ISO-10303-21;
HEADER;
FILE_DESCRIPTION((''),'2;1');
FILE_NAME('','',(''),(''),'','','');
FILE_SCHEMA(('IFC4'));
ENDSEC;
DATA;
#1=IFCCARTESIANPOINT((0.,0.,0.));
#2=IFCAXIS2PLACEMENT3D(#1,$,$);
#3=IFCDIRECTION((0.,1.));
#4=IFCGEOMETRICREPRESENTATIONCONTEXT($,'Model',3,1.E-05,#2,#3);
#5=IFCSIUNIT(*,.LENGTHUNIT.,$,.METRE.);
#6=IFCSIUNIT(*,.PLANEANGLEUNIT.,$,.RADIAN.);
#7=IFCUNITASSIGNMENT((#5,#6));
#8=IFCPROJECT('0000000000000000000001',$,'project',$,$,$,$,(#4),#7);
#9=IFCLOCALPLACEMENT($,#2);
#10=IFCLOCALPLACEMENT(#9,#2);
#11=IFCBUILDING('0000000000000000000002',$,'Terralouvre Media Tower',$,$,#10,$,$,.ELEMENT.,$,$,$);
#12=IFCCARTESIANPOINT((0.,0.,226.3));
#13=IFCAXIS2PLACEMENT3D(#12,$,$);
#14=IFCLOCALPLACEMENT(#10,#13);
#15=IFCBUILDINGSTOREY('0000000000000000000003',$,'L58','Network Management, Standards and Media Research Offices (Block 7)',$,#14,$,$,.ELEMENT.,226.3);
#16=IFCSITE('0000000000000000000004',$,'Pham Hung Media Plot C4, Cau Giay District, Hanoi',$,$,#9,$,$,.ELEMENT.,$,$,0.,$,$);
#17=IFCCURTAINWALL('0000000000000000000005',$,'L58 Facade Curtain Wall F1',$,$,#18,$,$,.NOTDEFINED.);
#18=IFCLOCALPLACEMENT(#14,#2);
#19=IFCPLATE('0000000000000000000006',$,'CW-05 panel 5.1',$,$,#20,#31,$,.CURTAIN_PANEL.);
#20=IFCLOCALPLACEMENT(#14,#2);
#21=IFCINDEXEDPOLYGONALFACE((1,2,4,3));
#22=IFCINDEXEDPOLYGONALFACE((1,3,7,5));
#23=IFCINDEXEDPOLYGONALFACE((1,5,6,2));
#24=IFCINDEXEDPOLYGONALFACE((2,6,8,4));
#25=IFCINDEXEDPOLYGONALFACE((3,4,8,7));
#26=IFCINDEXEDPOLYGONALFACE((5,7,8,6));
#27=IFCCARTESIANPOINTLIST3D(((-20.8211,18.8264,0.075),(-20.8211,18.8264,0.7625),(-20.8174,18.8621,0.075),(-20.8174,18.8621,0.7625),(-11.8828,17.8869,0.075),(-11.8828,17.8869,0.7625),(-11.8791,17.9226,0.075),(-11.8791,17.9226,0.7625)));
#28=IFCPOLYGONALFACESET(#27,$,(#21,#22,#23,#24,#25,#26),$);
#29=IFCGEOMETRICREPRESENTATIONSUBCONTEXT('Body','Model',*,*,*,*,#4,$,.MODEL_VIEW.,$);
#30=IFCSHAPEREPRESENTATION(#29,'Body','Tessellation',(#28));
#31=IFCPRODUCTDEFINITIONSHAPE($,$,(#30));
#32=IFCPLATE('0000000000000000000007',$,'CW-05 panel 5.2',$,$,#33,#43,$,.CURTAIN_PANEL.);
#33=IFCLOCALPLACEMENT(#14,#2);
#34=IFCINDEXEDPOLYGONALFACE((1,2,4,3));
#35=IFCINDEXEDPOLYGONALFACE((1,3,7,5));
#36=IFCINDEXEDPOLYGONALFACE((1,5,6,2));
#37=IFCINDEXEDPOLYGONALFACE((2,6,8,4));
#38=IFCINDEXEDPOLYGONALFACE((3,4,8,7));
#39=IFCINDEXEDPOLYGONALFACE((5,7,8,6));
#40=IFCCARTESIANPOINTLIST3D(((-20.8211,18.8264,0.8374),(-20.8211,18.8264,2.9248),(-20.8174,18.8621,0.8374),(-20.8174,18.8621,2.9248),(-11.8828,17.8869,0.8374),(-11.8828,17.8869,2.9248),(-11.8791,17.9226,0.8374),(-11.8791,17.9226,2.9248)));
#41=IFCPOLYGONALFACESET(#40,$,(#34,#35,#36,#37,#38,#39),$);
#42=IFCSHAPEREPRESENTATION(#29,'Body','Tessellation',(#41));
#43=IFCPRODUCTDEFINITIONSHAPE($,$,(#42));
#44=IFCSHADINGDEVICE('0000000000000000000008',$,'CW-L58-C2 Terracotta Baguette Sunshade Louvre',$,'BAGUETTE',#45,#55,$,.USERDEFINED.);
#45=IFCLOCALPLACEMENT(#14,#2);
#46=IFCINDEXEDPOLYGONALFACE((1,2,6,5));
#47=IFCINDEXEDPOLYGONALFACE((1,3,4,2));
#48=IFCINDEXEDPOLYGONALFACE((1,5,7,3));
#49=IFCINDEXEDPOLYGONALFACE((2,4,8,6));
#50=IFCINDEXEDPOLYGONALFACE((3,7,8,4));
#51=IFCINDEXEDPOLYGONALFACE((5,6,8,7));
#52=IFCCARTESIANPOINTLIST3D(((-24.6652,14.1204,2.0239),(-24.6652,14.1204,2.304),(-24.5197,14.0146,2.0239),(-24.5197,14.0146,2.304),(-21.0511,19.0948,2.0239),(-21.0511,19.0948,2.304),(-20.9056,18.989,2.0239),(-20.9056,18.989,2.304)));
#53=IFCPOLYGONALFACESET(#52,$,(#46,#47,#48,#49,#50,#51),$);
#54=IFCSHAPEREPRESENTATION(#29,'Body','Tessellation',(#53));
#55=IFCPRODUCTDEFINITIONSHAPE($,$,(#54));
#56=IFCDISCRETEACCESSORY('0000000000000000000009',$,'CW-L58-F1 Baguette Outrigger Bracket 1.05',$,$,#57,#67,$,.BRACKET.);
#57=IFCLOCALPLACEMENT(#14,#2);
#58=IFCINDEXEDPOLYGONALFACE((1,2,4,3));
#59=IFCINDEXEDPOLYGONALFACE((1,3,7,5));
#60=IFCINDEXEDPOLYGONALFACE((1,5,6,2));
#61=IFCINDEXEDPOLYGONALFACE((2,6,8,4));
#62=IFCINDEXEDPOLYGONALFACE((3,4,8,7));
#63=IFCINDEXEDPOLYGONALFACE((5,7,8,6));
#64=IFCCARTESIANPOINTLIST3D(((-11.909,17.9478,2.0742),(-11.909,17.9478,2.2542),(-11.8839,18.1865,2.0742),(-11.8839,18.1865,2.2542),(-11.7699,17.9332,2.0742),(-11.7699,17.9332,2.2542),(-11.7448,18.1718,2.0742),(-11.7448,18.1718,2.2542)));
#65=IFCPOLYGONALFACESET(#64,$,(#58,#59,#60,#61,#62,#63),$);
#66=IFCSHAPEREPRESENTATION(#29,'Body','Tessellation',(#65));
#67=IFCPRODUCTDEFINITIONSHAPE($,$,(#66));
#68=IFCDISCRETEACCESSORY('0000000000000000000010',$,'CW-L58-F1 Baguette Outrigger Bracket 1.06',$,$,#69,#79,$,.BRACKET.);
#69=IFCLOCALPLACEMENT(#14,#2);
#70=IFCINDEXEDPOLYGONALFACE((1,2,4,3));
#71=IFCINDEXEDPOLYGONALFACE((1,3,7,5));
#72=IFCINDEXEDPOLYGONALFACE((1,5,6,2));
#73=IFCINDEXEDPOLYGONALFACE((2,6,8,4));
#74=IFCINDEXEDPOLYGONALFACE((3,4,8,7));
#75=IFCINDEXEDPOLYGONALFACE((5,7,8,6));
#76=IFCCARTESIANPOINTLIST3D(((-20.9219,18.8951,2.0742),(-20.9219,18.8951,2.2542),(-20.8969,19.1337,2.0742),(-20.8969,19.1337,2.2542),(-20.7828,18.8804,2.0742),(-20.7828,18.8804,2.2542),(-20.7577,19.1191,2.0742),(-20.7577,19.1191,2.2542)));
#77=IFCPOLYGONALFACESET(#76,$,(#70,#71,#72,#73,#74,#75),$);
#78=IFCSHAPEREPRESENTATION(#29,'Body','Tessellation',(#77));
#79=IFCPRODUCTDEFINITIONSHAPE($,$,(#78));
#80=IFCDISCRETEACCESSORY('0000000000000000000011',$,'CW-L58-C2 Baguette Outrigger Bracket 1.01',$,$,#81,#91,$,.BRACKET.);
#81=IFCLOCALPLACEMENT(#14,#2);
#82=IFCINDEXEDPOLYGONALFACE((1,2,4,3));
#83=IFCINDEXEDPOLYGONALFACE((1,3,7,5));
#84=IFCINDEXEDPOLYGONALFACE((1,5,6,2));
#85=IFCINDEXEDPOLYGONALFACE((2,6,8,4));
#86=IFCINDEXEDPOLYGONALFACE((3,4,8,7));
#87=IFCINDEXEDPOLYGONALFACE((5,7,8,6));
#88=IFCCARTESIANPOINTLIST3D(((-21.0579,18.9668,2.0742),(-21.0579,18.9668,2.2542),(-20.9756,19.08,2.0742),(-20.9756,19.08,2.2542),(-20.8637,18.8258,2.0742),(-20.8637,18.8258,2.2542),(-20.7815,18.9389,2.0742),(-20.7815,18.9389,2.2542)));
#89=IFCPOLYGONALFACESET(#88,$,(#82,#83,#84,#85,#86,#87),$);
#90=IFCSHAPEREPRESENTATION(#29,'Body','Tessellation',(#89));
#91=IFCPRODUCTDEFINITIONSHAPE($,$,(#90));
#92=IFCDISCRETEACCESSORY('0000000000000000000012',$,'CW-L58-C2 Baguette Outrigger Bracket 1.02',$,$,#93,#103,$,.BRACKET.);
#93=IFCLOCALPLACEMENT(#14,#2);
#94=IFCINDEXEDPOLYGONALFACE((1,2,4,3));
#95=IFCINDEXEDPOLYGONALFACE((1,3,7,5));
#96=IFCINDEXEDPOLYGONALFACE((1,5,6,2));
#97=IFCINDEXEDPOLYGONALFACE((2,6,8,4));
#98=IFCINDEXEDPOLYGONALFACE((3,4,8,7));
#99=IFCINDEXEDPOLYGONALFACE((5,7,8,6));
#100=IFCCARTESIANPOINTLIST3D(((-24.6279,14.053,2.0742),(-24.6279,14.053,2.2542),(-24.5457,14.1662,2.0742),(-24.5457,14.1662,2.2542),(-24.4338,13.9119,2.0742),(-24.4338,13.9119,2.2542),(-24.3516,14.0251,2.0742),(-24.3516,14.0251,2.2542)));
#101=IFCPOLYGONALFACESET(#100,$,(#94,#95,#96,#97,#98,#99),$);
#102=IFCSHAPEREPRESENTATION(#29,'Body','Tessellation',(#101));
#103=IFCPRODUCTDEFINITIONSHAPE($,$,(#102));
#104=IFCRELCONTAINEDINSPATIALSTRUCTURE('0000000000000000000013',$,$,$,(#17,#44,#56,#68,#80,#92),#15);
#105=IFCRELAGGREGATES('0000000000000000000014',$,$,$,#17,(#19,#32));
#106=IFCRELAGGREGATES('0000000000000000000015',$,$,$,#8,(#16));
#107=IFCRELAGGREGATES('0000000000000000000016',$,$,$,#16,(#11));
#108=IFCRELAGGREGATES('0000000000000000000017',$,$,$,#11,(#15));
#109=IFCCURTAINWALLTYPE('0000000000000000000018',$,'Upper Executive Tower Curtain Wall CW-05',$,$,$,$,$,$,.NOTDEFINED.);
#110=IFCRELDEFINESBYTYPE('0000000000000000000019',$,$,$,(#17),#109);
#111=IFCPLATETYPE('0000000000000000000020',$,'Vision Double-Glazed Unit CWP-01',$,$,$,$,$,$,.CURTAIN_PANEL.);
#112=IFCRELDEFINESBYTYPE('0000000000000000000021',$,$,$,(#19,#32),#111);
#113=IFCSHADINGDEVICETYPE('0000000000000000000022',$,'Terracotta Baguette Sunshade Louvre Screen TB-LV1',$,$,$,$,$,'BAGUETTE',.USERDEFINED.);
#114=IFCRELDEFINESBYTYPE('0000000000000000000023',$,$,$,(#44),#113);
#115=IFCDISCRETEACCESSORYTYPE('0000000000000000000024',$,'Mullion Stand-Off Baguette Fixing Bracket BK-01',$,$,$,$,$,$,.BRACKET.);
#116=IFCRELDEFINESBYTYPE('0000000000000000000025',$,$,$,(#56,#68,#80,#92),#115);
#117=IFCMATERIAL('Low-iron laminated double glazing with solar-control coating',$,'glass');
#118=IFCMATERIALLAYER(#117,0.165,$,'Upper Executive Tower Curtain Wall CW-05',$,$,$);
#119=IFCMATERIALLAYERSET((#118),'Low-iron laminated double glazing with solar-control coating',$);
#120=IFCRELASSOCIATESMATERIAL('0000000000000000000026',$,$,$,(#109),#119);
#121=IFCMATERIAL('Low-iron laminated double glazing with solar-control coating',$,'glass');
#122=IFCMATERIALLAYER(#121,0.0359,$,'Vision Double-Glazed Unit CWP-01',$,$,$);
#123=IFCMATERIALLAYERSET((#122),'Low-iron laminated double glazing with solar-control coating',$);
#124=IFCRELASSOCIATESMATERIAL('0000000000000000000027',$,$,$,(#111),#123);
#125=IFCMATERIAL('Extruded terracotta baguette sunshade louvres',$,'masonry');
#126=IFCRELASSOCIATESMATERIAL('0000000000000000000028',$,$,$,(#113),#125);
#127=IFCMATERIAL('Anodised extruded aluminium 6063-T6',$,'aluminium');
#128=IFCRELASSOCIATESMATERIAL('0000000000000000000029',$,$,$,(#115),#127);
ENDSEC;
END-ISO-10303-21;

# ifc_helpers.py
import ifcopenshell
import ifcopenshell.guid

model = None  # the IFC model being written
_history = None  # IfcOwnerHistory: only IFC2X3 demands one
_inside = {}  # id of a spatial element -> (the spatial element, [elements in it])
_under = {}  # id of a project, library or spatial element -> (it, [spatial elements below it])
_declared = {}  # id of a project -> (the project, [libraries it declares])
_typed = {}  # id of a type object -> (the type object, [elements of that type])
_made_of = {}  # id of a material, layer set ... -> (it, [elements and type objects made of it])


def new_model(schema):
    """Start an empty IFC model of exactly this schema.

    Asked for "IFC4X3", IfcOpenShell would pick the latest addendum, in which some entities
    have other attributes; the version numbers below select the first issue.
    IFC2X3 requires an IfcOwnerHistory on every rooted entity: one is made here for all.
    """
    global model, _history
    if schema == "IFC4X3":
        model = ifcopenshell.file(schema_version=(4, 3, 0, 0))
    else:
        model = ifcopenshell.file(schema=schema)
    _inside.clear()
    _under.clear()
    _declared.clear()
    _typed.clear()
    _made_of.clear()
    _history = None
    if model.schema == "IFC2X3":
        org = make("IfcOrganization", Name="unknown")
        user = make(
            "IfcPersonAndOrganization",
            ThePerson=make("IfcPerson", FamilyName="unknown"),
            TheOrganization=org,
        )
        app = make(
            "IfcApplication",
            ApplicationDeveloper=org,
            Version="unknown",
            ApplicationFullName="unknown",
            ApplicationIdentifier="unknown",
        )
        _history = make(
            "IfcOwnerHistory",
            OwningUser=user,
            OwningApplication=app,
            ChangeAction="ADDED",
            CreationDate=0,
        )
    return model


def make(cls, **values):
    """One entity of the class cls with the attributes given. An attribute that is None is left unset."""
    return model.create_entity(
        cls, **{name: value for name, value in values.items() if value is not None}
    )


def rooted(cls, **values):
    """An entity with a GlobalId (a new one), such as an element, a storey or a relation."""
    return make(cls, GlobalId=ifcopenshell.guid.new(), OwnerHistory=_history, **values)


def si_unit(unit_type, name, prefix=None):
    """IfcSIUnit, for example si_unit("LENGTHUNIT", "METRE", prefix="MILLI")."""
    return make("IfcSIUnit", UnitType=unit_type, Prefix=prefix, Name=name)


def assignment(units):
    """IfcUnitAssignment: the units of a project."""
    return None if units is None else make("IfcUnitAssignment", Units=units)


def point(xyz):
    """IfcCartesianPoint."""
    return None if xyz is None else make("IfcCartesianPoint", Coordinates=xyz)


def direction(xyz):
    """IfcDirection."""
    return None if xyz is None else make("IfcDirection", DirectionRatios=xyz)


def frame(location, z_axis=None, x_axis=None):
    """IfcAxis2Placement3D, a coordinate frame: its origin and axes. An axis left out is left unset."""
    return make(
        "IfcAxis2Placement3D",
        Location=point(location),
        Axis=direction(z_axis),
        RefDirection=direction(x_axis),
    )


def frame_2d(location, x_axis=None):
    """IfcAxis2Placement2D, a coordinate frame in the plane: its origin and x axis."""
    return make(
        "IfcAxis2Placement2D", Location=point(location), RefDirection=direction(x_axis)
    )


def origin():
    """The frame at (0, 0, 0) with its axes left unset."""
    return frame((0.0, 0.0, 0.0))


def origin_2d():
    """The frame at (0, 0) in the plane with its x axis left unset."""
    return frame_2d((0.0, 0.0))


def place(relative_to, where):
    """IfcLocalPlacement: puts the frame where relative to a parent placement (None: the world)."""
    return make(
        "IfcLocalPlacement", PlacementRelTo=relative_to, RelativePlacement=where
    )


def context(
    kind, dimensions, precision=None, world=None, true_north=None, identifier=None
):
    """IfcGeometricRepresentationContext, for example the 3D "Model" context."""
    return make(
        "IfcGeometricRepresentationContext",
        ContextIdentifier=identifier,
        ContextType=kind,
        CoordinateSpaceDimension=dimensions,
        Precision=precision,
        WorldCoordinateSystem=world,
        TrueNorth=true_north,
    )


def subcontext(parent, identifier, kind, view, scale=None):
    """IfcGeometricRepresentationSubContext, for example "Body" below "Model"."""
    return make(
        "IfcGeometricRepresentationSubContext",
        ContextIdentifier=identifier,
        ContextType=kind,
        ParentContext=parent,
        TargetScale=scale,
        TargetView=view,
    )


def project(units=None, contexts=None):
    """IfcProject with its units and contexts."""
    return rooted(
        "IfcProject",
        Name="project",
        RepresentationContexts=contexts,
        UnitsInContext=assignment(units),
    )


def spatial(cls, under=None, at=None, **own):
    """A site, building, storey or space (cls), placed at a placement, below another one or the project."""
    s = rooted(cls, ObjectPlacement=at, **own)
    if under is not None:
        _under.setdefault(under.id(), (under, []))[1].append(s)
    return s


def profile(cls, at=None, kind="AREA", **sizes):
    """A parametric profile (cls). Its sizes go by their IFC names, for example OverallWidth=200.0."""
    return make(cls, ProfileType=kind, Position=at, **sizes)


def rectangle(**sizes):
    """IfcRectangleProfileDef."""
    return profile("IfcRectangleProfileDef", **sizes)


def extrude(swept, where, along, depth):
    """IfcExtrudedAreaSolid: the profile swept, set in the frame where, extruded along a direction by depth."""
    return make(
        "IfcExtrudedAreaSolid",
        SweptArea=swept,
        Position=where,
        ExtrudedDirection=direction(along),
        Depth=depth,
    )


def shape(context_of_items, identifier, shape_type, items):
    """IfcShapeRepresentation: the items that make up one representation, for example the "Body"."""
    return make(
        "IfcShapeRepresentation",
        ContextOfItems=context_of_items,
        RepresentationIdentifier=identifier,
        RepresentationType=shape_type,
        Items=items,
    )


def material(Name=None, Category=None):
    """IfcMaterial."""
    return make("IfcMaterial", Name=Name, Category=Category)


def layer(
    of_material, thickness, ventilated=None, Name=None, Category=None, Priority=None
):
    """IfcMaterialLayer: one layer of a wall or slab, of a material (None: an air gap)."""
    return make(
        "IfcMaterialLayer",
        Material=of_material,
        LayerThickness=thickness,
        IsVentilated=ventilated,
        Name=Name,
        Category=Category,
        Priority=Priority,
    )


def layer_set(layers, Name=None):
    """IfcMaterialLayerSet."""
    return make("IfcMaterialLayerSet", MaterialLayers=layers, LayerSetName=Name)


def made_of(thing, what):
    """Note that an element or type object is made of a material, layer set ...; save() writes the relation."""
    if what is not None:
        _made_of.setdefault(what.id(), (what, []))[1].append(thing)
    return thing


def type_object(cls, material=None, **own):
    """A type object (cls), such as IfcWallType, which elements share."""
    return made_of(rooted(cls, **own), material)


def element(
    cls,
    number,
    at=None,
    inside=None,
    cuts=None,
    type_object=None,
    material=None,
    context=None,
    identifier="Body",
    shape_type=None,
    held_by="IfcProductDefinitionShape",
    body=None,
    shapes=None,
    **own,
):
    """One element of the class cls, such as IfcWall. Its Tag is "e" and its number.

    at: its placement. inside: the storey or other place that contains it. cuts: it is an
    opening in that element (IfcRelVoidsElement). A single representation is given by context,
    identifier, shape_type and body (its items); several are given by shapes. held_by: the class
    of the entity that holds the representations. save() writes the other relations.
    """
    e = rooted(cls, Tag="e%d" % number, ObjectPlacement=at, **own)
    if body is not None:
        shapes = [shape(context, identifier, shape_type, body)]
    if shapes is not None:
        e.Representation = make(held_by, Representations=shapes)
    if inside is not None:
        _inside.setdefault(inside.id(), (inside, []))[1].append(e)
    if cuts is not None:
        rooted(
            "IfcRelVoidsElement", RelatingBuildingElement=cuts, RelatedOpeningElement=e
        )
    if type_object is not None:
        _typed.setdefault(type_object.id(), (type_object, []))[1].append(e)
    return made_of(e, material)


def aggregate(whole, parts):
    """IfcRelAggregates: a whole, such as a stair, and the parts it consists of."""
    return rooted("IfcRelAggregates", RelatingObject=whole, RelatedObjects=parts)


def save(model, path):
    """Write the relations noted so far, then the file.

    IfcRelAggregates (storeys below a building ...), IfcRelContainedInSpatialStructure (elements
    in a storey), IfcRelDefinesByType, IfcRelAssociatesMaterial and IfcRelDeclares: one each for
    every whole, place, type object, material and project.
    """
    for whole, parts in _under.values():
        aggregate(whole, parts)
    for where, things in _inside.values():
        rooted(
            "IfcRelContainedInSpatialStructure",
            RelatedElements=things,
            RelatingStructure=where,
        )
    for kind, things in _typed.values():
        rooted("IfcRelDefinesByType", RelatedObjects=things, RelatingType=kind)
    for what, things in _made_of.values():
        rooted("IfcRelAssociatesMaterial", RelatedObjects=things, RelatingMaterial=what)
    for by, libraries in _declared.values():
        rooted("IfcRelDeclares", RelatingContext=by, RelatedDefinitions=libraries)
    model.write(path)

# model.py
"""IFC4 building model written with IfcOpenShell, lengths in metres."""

from ifc_helpers import new_model, si_unit, direction, frame, origin, origin_2d, place, context, subcontext, project, spatial, rectangle, extrude, material, layer, layer_set, type_object, element, aggregate, save


model = new_model("IFC4")

# Units and contexts
model_context = context("Model", 3, precision=1e-05, world=origin(), true_north=direction((0.0, 1.0)))
body_context = subcontext(model_context, "Body", "Model", "MODEL_VIEW")
ifc_project = project(units=[si_unit("LENGTHUNIT", "METRE"), si_unit("PLANEANGLEUNIT", "RADIAN")], contexts=[model_context])

# Site, building, storey
site_placement = place(None, origin())
site = spatial("IfcSite", under=ifc_project, at=site_placement, Name="Pham Hung Media Plot C4, Cau Giay District, Hanoi", CompositionType="ELEMENT", RefElevation=0.0)
building_placement = place(site_placement, origin())
building = spatial("IfcBuilding", under=site, at=building_placement, Name="Terralouvre Media Tower", CompositionType="ELEMENT")
storey_placement = place(building_placement, frame((0.0, 0.0, 226.3)))
storey = spatial("IfcBuildingStorey", under=building, at=storey_placement, Name="L58", Description="Network Management, Standards and Media Research Offices (Block 7)", CompositionType="ELEMENT", Elevation=226.3)

# Curtain wall
ifc_material_1 = material(Name="Low-iron laminated double glazing with solar-control coating", Category="glass")
ifc_layer_1 = layer(ifc_material_1, 0.165, Name="Upper Executive Tower Curtain Wall CW-05")
ifc_layer_set_1 = layer_set([ifc_layer_1], Name="Low-iron laminated double glazing with solar-control coating")
curtain_wall_type_1 = type_object("IfcCurtainWallType", Name="Upper Executive Tower Curtain Wall CW-05", PredefinedType="NOTDEFINED", material=ifc_layer_set_1)
curtain_wall_1_placement = place(storey_placement, origin())
curtain_wall_1 = element("IfcCurtainWall", 1, at=curtain_wall_1_placement, inside=storey, type_object=curtain_wall_type_1, Name="L58 Facade Curtain Wall F1", PredefinedType="NOTDEFINED")

# Plates
ifc_material_2 = material(Name="Low-iron laminated double glazing with solar-control coating", Category="glass")
ifc_layer_2 = layer(ifc_material_2, 0.0359, Name="Vision Double-Glazed Unit CWP-01")
ifc_layer_set_2 = layer_set([ifc_layer_2], Name="Low-iron laminated double glazing with solar-control coating")
plate_type_1 = type_object("IfcPlateType", Name="Vision Double-Glazed Unit CWP-01", PredefinedType="CURTAIN_PANEL", material=ifc_layer_set_2)
plate_1_placement = place(storey_placement, frame((-16.3501, 18.3745, 0.075), z_axis=(0.0, 0.0, 1.0), x_axis=(-0.994522, 0.104529, 0.0)))
plate_1 = element("IfcPlate", 2, at=plate_1_placement, type_object=plate_type_1, Name="CW-05 panel 5.1", PredefinedType="CURTAIN_PANEL", context=body_context, shape_type="SweptSolid", body=[
    extrude(rectangle(XDim=8.9875, YDim=0.0359, at=origin_2d()), origin(), (0.0, 0.0, 1.0), 0.6875),
])
plate_2_placement = place(storey_placement, frame((-16.3501, 18.3745, 0.8374), z_axis=(0.0, 0.0, 1.0), x_axis=(-0.994522, 0.104529, 0.0)))
plate_2 = element("IfcPlate", 3, at=plate_2_placement, type_object=plate_type_1, Name="CW-05 panel 5.2", PredefinedType="CURTAIN_PANEL", context=body_context, shape_type="SweptSolid", body=[
    extrude(rectangle(XDim=8.9875, YDim=0.0359, at=origin_2d()), origin(), (0.0, 0.0, 1.0), 2.0874),
])
aggregate(curtain_wall_1, [plate_1, plate_2])

# Shading device
ifc_material_3 = material(Name="Extruded terracotta baguette sunshade louvres", Category="masonry")
shading_device_type = type_object("IfcShadingDeviceType", Name="Terracotta Baguette Sunshade Louvre Screen TB-LV1", ElementType="BAGUETTE", PredefinedType="USERDEFINED", material=ifc_material_3)
shading_device_placement = place(storey_placement, frame((-22.7854, 16.5547, 2.0239), z_axis=(0.0, 0.0, 1.0), x_axis=(-0.587786, -0.809017, 0.0)))
element("IfcShadingDevice", 4, at=shading_device_placement, inside=storey, type_object=shading_device_type, Name="CW-L58-C2 Terracotta Baguette Sunshade Louvre", ObjectType="BAGUETTE", PredefinedType="USERDEFINED", context=body_context, shape_type="SweptSolid", body=[
    extrude(rectangle(XDim=6.1487, YDim=0.1799, at=origin_2d()), origin(), (0.0, 0.0, 1.0), 0.28),
])

# Discrete accessories
ifc_material_4 = material(Name="Anodised extruded aluminium 6063-T6", Category="aluminium")
discrete_accessory_type = type_object("IfcDiscreteAccessoryType", Name="Mullion Stand-Off Baguette Fixing Bracket BK-01", PredefinedType="BRACKET", material=ifc_material_4)
for number, where, z_axis, x_axis, name in (
    (5, (-11.8269, 18.0598, 2.0742), (0.0, 0.0, 1.0), (-0.994522, 0.104529, 0.0), "CW-L58-F1 Baguette Outrigger Bracket 1.05"),
    (6, (-20.8398, 19.0071, 2.0742), (0.0, 0.0, 1.0), (-0.994522, 0.104529, 0.0), "CW-L58-F1 Baguette Outrigger Bracket 1.06"),
    (7, (-20.9197, 18.9529, 2.0742), (0.0, 0.0, 1.0), (-0.587786, -0.809017, 0.0), "CW-L58-C2 Baguette Outrigger Bracket 1.01"),
    (8, (-24.4897, 14.0391, 2.0742), (0.0, 0.0, 1.0), (-0.587786, -0.809017, 0.0), "CW-L58-C2 Baguette Outrigger Bracket 1.02"),
):
    element("IfcDiscreteAccessory", number, at=place(storey_placement, frame(where, z_axis=z_axis, x_axis=x_axis)), inside=storey, type_object=discrete_accessory_type, Name=name, PredefinedType="BRACKET", context=body_context, shape_type="SweptSolid", body=[
        extrude(rectangle(XDim=0.1399, YDim=0.24, at=origin_2d()), origin(), (0.0, 0.0, 1.0), 0.1799),
    ])

save(model, "model.ifc")
